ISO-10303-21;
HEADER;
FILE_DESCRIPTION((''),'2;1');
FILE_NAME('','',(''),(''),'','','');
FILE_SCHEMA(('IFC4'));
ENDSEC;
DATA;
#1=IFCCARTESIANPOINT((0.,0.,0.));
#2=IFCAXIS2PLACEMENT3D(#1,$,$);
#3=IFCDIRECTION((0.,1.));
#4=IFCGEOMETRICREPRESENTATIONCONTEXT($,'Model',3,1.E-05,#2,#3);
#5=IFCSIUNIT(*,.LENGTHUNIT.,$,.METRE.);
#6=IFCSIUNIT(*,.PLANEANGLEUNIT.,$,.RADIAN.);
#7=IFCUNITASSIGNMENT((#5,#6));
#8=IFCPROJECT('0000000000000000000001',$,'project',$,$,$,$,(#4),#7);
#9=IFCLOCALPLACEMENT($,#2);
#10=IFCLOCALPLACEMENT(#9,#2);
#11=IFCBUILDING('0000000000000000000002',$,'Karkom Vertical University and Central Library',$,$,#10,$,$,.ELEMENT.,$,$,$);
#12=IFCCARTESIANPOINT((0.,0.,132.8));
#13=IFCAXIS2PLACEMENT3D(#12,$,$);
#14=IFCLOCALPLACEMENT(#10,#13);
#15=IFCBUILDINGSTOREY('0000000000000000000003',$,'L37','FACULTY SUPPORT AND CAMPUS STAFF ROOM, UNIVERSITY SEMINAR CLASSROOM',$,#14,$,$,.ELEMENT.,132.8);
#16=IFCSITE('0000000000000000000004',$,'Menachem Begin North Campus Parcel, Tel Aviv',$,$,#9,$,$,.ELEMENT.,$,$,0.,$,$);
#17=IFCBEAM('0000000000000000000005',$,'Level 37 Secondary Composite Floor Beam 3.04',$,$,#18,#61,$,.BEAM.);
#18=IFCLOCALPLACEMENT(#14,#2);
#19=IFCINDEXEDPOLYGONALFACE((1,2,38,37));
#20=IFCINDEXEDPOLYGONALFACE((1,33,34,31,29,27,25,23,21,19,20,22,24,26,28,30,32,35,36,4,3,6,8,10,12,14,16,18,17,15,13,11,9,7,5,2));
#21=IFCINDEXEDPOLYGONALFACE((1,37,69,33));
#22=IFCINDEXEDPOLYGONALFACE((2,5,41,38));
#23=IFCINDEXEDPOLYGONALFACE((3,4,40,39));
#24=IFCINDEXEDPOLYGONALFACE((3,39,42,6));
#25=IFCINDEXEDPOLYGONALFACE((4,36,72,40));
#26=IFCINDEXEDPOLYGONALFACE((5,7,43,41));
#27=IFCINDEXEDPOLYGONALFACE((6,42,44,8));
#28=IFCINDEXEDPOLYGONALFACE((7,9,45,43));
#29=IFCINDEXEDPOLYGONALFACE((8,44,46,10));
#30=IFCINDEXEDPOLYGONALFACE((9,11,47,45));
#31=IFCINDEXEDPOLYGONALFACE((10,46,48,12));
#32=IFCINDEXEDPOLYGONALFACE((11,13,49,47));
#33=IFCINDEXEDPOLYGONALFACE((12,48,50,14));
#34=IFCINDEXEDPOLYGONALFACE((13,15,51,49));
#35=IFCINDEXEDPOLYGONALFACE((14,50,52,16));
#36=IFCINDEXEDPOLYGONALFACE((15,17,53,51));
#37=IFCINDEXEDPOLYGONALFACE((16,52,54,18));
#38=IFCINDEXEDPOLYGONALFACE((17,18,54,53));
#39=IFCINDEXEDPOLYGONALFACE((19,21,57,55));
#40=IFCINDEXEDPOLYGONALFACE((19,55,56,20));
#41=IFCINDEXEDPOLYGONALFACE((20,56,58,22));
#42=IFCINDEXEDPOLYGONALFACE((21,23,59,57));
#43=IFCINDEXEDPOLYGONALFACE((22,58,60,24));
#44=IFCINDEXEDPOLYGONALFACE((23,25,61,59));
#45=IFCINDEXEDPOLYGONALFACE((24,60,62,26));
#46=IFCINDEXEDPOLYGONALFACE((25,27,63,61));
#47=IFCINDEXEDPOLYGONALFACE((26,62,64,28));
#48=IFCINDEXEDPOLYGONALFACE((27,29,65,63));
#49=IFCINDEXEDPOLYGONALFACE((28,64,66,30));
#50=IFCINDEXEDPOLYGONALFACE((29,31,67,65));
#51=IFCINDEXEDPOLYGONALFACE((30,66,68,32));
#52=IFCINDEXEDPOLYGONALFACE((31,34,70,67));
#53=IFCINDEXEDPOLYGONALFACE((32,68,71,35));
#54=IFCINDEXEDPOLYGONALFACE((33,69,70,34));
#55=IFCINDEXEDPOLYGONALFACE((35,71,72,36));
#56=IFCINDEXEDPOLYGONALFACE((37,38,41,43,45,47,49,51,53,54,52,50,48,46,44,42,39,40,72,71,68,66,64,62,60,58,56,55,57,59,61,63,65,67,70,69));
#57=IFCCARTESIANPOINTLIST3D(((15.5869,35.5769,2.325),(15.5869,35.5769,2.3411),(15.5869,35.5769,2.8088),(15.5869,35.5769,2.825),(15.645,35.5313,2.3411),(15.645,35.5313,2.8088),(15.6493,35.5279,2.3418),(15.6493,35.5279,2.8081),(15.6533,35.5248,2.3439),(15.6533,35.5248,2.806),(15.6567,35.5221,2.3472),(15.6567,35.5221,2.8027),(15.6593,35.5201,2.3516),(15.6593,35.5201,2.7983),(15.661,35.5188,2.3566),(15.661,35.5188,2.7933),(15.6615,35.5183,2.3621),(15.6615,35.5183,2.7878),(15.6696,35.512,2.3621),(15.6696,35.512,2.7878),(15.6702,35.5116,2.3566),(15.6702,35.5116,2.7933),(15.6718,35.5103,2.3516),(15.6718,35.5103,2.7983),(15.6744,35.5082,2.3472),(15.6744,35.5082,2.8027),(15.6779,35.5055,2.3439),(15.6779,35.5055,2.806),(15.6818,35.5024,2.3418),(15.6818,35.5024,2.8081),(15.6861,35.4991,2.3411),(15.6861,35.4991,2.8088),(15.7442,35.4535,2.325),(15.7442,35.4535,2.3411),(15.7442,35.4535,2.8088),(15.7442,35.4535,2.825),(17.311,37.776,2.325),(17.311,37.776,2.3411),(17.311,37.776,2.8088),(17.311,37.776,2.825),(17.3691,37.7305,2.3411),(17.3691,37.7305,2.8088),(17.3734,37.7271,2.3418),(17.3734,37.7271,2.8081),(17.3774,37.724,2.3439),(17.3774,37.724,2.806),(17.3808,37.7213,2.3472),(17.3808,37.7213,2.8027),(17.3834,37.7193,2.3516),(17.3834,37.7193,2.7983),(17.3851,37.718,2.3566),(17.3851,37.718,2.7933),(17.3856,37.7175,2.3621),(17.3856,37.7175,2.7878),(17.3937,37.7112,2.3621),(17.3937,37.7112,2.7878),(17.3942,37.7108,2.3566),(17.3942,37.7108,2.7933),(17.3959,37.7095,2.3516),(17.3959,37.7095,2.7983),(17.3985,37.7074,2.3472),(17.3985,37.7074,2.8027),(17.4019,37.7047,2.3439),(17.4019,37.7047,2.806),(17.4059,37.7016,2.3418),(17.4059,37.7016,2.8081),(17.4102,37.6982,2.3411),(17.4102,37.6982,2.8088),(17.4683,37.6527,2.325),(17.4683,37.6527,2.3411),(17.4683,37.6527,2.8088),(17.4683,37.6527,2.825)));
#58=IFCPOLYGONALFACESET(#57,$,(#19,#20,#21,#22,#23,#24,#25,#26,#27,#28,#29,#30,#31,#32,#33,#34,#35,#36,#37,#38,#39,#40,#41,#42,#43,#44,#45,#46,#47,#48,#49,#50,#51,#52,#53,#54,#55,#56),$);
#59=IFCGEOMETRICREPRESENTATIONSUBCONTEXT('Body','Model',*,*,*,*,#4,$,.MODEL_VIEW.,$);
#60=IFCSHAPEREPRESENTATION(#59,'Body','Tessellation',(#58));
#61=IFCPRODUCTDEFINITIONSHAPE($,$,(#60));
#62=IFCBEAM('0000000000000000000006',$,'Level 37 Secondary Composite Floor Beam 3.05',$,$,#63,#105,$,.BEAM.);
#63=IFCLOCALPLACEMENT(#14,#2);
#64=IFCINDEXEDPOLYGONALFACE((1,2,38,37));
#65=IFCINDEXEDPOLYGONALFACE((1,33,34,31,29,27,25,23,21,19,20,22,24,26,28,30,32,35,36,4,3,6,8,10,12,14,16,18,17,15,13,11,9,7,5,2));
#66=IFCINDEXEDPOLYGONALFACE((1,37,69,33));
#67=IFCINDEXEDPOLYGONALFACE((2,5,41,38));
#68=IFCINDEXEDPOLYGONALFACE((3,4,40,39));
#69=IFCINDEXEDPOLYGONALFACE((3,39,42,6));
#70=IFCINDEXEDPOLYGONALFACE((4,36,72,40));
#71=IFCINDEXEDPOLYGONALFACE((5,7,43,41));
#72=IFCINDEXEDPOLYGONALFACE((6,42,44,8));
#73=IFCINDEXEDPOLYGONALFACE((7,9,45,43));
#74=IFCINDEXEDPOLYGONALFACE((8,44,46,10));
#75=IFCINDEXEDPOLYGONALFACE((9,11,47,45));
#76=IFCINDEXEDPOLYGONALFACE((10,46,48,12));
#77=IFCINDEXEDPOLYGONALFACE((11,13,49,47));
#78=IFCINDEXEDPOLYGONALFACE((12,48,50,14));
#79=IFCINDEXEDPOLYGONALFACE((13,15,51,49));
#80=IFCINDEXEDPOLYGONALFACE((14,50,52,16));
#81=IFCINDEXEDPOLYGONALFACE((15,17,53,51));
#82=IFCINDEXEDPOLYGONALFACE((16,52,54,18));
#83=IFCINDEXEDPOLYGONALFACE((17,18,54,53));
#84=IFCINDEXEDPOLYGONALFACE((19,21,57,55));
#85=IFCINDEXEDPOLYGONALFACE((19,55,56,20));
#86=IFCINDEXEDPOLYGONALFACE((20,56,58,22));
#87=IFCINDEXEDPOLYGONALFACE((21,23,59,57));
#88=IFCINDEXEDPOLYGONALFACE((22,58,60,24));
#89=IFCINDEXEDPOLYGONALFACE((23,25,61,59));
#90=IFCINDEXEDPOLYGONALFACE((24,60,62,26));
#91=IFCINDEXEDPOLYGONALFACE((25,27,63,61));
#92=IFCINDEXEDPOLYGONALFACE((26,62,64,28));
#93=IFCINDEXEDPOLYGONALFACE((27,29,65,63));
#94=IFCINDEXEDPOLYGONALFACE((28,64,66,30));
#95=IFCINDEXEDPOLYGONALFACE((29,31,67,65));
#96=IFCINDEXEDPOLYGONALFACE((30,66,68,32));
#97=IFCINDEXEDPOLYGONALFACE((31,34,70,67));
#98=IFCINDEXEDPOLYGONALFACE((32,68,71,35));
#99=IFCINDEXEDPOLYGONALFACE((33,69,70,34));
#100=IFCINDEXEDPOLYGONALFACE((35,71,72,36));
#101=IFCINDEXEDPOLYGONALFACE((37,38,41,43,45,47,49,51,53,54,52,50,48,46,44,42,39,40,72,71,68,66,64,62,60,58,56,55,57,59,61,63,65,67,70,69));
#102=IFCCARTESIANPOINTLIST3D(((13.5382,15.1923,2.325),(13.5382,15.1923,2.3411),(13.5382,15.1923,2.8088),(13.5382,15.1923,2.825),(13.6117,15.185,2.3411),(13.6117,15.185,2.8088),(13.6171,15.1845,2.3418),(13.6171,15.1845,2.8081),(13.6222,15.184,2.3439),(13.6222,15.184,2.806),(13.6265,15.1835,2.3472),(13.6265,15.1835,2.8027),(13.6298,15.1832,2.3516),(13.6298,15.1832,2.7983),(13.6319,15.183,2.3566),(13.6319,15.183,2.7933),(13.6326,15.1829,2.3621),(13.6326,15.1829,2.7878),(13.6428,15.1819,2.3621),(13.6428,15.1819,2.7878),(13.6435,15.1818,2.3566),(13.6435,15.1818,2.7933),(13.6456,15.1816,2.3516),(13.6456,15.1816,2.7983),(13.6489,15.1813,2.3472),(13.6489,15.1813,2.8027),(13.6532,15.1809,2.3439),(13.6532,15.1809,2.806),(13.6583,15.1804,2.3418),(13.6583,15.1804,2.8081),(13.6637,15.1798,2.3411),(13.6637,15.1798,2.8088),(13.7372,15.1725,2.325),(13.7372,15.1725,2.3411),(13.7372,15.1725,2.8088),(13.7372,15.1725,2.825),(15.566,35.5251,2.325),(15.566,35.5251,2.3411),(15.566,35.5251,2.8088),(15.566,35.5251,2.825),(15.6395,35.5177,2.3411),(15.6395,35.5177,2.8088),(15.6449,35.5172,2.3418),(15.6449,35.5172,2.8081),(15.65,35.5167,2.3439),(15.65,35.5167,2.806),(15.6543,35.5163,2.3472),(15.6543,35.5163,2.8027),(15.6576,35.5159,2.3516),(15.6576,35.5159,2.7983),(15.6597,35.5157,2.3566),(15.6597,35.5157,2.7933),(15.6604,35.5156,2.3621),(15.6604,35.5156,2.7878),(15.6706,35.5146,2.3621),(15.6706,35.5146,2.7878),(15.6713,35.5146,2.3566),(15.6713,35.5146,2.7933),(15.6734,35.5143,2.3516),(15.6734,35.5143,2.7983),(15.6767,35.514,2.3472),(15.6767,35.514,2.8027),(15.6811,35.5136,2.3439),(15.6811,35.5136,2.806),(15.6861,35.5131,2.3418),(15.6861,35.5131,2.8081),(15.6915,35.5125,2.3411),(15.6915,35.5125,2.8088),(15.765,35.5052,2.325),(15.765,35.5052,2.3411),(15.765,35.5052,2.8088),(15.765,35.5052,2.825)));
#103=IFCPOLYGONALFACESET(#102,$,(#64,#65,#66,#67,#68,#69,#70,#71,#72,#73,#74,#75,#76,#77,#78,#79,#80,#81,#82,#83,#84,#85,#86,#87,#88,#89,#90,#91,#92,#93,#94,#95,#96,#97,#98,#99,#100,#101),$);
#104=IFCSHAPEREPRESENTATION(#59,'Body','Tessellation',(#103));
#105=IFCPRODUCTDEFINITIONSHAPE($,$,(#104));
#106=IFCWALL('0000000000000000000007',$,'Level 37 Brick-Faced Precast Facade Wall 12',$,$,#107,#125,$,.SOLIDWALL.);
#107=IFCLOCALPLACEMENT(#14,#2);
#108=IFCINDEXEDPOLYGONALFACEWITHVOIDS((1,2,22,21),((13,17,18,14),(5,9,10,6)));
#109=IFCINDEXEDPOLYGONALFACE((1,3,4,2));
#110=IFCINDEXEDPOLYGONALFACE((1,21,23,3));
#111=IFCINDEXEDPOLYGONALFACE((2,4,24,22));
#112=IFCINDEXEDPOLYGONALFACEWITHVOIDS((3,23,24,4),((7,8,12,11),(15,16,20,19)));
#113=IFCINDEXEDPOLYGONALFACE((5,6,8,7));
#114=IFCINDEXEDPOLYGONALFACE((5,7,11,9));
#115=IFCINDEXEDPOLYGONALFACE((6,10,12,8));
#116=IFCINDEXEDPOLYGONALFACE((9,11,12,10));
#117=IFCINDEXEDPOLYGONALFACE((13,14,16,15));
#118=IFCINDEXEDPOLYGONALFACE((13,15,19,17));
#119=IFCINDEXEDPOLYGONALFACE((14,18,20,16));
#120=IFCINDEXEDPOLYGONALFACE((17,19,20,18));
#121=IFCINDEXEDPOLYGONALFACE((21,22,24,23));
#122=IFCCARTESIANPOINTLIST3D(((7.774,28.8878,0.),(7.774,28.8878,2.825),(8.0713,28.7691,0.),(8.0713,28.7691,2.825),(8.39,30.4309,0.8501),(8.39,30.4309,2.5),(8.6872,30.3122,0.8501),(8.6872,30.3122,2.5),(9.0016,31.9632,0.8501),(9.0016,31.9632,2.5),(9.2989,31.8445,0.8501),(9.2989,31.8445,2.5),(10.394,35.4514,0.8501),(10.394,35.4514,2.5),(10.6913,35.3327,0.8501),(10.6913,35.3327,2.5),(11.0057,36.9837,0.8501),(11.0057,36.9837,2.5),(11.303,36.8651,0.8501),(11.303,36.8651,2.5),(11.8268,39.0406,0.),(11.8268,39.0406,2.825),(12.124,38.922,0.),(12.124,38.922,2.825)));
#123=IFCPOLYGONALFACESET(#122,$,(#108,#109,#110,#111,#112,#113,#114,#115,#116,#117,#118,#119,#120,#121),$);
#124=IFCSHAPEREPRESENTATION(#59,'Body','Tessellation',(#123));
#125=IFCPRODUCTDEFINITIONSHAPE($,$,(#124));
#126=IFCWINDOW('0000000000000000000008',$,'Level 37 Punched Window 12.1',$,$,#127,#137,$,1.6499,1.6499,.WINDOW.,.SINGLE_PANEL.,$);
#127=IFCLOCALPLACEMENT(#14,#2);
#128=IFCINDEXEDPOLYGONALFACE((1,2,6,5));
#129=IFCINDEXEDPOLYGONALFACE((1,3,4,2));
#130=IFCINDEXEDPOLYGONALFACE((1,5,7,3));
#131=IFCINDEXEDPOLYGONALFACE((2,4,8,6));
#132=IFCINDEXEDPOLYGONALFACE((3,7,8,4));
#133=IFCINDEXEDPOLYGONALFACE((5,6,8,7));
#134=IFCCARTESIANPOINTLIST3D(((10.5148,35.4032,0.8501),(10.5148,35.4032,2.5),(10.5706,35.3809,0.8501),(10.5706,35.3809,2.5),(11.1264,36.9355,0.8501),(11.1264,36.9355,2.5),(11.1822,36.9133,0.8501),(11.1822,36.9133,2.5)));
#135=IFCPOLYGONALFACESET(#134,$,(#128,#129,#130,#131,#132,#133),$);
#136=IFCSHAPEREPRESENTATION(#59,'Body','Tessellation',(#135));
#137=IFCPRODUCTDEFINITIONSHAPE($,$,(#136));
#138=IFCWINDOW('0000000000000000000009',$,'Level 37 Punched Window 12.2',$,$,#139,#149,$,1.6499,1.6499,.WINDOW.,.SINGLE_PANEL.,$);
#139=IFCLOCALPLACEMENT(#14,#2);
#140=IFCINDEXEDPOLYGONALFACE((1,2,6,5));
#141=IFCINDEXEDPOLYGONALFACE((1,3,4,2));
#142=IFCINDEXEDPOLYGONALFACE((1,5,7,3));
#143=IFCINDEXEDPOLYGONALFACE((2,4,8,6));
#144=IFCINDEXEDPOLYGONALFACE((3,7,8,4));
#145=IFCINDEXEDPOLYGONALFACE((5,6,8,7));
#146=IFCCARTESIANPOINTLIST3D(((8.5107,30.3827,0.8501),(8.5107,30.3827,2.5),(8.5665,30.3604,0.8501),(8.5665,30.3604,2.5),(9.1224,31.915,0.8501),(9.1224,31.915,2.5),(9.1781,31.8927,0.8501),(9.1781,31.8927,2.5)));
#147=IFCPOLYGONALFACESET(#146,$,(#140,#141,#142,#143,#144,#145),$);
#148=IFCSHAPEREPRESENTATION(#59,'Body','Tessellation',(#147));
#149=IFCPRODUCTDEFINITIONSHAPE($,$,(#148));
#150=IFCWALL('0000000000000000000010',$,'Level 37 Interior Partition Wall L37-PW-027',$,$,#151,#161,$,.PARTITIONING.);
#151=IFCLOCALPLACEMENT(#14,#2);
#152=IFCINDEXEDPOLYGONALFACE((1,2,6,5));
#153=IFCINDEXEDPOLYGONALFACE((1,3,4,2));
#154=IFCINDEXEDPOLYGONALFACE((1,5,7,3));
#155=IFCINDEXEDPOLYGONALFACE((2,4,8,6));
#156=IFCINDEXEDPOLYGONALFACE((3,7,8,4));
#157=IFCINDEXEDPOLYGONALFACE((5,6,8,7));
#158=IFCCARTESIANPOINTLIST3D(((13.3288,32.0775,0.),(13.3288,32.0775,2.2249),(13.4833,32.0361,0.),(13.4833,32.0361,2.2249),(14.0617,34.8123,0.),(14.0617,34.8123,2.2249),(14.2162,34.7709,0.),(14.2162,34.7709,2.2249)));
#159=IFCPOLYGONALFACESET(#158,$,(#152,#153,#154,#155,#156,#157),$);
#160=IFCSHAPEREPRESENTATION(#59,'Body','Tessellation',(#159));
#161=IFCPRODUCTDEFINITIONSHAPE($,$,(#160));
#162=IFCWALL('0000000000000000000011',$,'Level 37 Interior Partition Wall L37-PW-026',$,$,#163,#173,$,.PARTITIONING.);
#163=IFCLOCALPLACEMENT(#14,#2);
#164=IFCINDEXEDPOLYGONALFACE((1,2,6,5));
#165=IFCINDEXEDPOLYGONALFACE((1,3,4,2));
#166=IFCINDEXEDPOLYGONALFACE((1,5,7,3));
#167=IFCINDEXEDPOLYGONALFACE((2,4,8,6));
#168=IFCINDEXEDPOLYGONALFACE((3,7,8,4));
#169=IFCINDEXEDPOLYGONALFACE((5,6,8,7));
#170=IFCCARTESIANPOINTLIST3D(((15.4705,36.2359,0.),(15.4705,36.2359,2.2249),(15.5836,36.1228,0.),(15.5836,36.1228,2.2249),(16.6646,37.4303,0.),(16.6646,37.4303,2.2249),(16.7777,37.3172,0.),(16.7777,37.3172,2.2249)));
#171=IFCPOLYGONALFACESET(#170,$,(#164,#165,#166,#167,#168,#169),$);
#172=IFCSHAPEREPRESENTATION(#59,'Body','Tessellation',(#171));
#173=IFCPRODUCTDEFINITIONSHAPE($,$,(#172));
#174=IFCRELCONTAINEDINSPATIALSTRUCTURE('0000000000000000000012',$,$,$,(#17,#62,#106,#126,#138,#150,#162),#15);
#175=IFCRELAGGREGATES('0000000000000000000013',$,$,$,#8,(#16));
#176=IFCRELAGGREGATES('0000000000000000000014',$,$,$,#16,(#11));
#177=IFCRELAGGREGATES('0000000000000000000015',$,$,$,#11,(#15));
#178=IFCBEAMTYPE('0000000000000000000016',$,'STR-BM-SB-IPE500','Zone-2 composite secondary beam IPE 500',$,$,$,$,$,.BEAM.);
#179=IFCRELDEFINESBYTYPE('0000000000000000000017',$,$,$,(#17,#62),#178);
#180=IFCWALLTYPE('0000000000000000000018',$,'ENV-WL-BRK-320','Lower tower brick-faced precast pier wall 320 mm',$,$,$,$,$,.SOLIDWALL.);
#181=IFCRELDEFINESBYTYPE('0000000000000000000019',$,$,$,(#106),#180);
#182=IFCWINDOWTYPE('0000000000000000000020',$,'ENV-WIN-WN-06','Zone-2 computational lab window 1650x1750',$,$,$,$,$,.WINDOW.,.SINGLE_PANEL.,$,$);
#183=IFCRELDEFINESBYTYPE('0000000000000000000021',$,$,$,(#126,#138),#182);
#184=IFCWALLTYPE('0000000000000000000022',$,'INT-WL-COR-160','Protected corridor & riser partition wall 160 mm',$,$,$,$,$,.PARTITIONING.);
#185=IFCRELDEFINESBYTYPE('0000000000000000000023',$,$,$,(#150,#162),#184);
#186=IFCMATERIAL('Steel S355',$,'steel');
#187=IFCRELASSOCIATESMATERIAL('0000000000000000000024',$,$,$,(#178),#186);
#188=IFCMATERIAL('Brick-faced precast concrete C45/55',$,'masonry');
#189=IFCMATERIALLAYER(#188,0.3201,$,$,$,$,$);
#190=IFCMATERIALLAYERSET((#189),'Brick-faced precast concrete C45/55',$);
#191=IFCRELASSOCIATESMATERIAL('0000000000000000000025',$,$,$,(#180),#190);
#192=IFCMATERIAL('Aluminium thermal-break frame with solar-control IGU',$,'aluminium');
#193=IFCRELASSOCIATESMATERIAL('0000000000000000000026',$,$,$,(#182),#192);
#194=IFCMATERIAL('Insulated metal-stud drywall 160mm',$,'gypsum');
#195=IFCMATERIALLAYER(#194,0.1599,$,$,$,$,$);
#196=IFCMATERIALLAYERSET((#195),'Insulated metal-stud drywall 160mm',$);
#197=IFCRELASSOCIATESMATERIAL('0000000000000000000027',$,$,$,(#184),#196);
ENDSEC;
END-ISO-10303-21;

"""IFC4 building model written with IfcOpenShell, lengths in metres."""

from ifc_helpers import new_model, si_unit, direction, frame, frame_2d, origin, origin_with_axes, origin_2d, place, context, subcontext, project, spatial, rectangle, i_section, extrude, source, transform, mapped, material, layer, layer_set, material_profile, profile_set, type_object, element, fill, save


model = new_model("IFC4")

# Units and contexts
model_context = context("Model", 3, precision=1e-05, world=origin(), true_north=direction((0.0, 1.0)))
body_context = subcontext(model_context, "Body", "Model", "MODEL_VIEW")
ifc_project = project(units=[si_unit("LENGTHUNIT", "METRE"), si_unit("PLANEANGLEUNIT", "RADIAN")], contexts=[model_context])

# Site, building, storey
site_placement = place(None, origin())
site = spatial("IfcSite", under=ifc_project, at=site_placement, Name="Menachem Begin North Campus Parcel, Tel Aviv", CompositionType="ELEMENT", RefElevation=0.0)
building_placement = place(site_placement, origin())
building = spatial("IfcBuilding", under=site, at=building_placement, Name="Karkom Vertical University and Central Library", CompositionType="ELEMENT")
storey_placement = place(building_placement, frame((0.0, 0.0, 132.8)))
storey = spatial("IfcBuildingStorey", under=building, at=storey_placement, Name="L37", Description="FACULTY SUPPORT AND CAMPUS STAFF ROOM, UNIVERSITY SEMINAR CLASSROOM", CompositionType="ELEMENT", Elevation=132.8)

# Beams
ifc_material_1 = material(Name="Steel S355", Category="steel")
ifc_material_profile_1 = material_profile(ifc_material_1, i_section(OverallWidth=0.2, OverallDepth=0.5, WebThickness=0.0103, FlangeThickness=0.0161, FilletRadius=0.021, at=origin_2d()), Name="IPE 500")
ifc_profile_set_1 = profile_set([ifc_material_profile_1], Name="Steel S355")
beam_type_1 = type_object("IfcBeamType", Name="STR-BM-SB-IPE500", Description="Zone-2 composite secondary beam IPE 500", PredefinedType="BEAM", material=ifc_profile_set_1)
shared_shape_1 = source(origin_with_axes(), body_context, "Body", "SweptSolid", [
    extrude(i_section(OverallWidth=0.2, OverallDepth=0.5, WebThickness=0.0103, FlangeThickness=0.0161, FilletRadius=0.021, at=origin_2d()), origin(), (0.0, 0.0, 1.0), 2.7944),
])
beam_1_placement = place(storey_placement, frame((17.3896, 37.7144, 2.575), z_axis=(-0.616972, -0.786985, 0.0), x_axis=(0.786985, -0.616972, 0.0)))
element("IfcBeam", 1, at=beam_1_placement, inside=storey, type_object=beam_type_1, Name="Level 37 Secondary Composite Floor Beam 3.04", PredefinedType="BEAM", context=body_context, shape_type="MappedRepresentation", body=[
    mapped(shared_shape_1, transform((0.0, 0.0, 0.0), scale=1.0)),
])
shared_shape_2 = source(origin_with_axes(), body_context, "Body", "SweptSolid", [
    extrude(i_section(OverallWidth=0.2, OverallDepth=0.5, WebThickness=0.0103, FlangeThickness=0.0161, FilletRadius=0.021, at=origin_2d()), origin(), (0.0, 0.0, 1.0), 20.4336),
])
beam_2_placement = place(storey_placement, frame((15.6655, 35.5151, 2.575), z_axis=(-0.09924, -0.995064, 0.0), x_axis=(0.995064, -0.09924, 0.0)))
element("IfcBeam", 2, at=beam_2_placement, inside=storey, type_object=beam_type_1, Name="Level 37 Secondary Composite Floor Beam 3.05", PredefinedType="BEAM", context=body_context, shape_type="MappedRepresentation", body=[
    mapped(shared_shape_2, transform((0.0, 0.0, 0.0), scale=1.0)),
])

# Wall, openings, windows
ifc_material_2 = material(Name="Brick-faced precast concrete C45/55", Category="masonry")
ifc_layer_1 = layer(ifc_material_2, 0.3201)
ifc_layer_set_1 = layer_set([ifc_layer_1], Name="Brick-faced precast concrete C45/55")
wall_type_1 = type_object("IfcWallType", Name="ENV-WL-BRK-320", Description="Lower tower brick-faced precast pier wall 320 mm", PredefinedType="SOLIDWALL", material=ifc_layer_set_1)
wall_1_placement = place(storey_placement, frame((11.9753, 38.9812, 0.0), z_axis=(0.0, 0.0, 1.0), x_axis=(-0.370728, -0.928741, 0.0)))
wall_1 = element("IfcWall", 3, at=wall_1_placement, inside=storey, type_object=wall_type_1, Name="Level 37 Brick-Faced Precast Facade Wall 12", PredefinedType="SOLIDWALL", context=body_context, shape_type="SweptSolid", body=[
    extrude(rectangle(XDim=10.9319, YDim=0.3201, at=frame_2d((5.4658, 0.0))), origin(), (0.0, 0.0, 1.0), 2.825),
])
opening_1_placement = place(wall_1_placement, frame((2.2146, 0.0, 0.8501)))
opening_1 = element("IfcOpeningElement", 4, at=opening_1_placement, cuts=wall_1, PredefinedType="OPENING", context=body_context, shape_type="SweptSolid", body=[
    extrude(rectangle(XDim=1.6499, YDim=1.6499, at=frame_2d((0.825, 0.825))), frame((0.0, 0.1699, 0.0), z_axis=(0.0, -1.0, 0.0), x_axis=(1.0, 0.0, 0.0)), (0.0, 0.0, 1.0), 0.3401),
])
opening_2_placement = place(wall_1_placement, frame((7.6204, 0.0, 0.8501)))
opening_2 = element("IfcOpeningElement", 5, at=opening_2_placement, cuts=wall_1, PredefinedType="OPENING", context=body_context, shape_type="SweptSolid", body=[
    extrude(rectangle(XDim=1.6499, YDim=1.6499, at=frame_2d((0.825, 0.825))), frame((0.0, 0.1699, 0.0), z_axis=(0.0, -1.0, 0.0), x_axis=(1.0, 0.0, 0.0)), (0.0, 0.0, 1.0), 0.3401),
])
ifc_material_3 = material(Name="Aluminium thermal-break frame with solar-control IGU", Category="aluminium")
window_type = type_object("IfcWindowType", Name="ENV-WIN-WN-06", Description="Zone-2 computational lab window 1650x1750", PartitioningType="SINGLE_PANEL", PredefinedType="WINDOW", material=ifc_material_3)
shared_shape_3 = source(origin_with_axes(), body_context, "Body", "SweptSolid", [
    extrude(rectangle(XDim=1.6499, YDim=1.6499, at=frame_2d((0.825, 0.825))), frame((0.0, 0.03, 0.0), z_axis=(0.0, -1.0, 0.0), x_axis=(1.0, 0.0, 0.0)), (0.0, 0.0, 1.0), 0.0601),
])
window_1_placement = place(opening_1_placement, origin())
window_1 = element("IfcWindow", 6, at=window_1_placement, inside=storey, type_object=window_type, Name="Level 37 Punched Window 12.1", OverallHeight=1.6499, OverallWidth=1.6499, PartitioningType="SINGLE_PANEL", PredefinedType="WINDOW", context=body_context, shape_type="MappedRepresentation", body=[
    mapped(shared_shape_3, transform((0.0, 0.0, 0.0), scale=1.0)),
])
fill(opening_1, window_1)
window_2_placement = place(opening_2_placement, origin())
window_2 = element("IfcWindow", 7, at=window_2_placement, inside=storey, type_object=window_type, Name="Level 37 Punched Window 12.2", OverallHeight=1.6499, OverallWidth=1.6499, PartitioningType="SINGLE_PANEL", PredefinedType="WINDOW", context=body_context, shape_type="MappedRepresentation", body=[
    mapped(shared_shape_3, transform((0.0, 0.0, 0.0), scale=1.0)),
])
fill(opening_2, window_2)

# Shared definitions
ifc_material_4 = material(Name="Insulated metal-stud drywall 160mm", Category="gypsum")
ifc_layer_2 = layer(ifc_material_4, 0.1599)
ifc_layer_set_2 = layer_set([ifc_layer_2], Name="Insulated metal-stud drywall 160mm")
wall_type_2 = type_object("IfcWallType", Name="INT-WL-COR-160", Description="Protected corridor & riser partition wall 160 mm", PredefinedType="PARTITIONING", material=ifc_layer_set_2)

# Walls
wall_2_placement = place(storey_placement, frame((14.1389, 34.7915, 0.0), z_axis=(0.0, 0.0, 1.0), x_axis=(-0.258854, -0.965916, 0.0)))
element("IfcWall", 8, at=wall_2_placement, inside=storey, type_object=wall_type_2, Name="Level 37 Interior Partition Wall L37-PW-027", PredefinedType="PARTITIONING", context=body_context, shape_type="SweptSolid", body=[
    extrude(rectangle(XDim=2.8313, YDim=0.1599, at=frame_2d((1.4155, 0.0))), origin(), (0.0, 0.0, 1.0), 2.2249),
])
wall_3_placement = place(storey_placement, frame((16.7212, 37.3738, 0.0), z_axis=(0.0, 0.0, 1.0), x_axis=(-0.707034, -0.707179, 0.0)))
element("IfcWall", 9, at=wall_3_placement, inside=storey, type_object=wall_type_2, Name="Level 37 Interior Partition Wall L37-PW-026", PredefinedType="PARTITIONING", context=body_context, shape_type="SweptSolid", body=[
    extrude(rectangle(XDim=1.689, YDim=0.1599, at=frame_2d((0.8445, 0.0))), origin(), (0.0, 0.0, 1.0), 2.2249),
])

save(model, "model.ifc")
